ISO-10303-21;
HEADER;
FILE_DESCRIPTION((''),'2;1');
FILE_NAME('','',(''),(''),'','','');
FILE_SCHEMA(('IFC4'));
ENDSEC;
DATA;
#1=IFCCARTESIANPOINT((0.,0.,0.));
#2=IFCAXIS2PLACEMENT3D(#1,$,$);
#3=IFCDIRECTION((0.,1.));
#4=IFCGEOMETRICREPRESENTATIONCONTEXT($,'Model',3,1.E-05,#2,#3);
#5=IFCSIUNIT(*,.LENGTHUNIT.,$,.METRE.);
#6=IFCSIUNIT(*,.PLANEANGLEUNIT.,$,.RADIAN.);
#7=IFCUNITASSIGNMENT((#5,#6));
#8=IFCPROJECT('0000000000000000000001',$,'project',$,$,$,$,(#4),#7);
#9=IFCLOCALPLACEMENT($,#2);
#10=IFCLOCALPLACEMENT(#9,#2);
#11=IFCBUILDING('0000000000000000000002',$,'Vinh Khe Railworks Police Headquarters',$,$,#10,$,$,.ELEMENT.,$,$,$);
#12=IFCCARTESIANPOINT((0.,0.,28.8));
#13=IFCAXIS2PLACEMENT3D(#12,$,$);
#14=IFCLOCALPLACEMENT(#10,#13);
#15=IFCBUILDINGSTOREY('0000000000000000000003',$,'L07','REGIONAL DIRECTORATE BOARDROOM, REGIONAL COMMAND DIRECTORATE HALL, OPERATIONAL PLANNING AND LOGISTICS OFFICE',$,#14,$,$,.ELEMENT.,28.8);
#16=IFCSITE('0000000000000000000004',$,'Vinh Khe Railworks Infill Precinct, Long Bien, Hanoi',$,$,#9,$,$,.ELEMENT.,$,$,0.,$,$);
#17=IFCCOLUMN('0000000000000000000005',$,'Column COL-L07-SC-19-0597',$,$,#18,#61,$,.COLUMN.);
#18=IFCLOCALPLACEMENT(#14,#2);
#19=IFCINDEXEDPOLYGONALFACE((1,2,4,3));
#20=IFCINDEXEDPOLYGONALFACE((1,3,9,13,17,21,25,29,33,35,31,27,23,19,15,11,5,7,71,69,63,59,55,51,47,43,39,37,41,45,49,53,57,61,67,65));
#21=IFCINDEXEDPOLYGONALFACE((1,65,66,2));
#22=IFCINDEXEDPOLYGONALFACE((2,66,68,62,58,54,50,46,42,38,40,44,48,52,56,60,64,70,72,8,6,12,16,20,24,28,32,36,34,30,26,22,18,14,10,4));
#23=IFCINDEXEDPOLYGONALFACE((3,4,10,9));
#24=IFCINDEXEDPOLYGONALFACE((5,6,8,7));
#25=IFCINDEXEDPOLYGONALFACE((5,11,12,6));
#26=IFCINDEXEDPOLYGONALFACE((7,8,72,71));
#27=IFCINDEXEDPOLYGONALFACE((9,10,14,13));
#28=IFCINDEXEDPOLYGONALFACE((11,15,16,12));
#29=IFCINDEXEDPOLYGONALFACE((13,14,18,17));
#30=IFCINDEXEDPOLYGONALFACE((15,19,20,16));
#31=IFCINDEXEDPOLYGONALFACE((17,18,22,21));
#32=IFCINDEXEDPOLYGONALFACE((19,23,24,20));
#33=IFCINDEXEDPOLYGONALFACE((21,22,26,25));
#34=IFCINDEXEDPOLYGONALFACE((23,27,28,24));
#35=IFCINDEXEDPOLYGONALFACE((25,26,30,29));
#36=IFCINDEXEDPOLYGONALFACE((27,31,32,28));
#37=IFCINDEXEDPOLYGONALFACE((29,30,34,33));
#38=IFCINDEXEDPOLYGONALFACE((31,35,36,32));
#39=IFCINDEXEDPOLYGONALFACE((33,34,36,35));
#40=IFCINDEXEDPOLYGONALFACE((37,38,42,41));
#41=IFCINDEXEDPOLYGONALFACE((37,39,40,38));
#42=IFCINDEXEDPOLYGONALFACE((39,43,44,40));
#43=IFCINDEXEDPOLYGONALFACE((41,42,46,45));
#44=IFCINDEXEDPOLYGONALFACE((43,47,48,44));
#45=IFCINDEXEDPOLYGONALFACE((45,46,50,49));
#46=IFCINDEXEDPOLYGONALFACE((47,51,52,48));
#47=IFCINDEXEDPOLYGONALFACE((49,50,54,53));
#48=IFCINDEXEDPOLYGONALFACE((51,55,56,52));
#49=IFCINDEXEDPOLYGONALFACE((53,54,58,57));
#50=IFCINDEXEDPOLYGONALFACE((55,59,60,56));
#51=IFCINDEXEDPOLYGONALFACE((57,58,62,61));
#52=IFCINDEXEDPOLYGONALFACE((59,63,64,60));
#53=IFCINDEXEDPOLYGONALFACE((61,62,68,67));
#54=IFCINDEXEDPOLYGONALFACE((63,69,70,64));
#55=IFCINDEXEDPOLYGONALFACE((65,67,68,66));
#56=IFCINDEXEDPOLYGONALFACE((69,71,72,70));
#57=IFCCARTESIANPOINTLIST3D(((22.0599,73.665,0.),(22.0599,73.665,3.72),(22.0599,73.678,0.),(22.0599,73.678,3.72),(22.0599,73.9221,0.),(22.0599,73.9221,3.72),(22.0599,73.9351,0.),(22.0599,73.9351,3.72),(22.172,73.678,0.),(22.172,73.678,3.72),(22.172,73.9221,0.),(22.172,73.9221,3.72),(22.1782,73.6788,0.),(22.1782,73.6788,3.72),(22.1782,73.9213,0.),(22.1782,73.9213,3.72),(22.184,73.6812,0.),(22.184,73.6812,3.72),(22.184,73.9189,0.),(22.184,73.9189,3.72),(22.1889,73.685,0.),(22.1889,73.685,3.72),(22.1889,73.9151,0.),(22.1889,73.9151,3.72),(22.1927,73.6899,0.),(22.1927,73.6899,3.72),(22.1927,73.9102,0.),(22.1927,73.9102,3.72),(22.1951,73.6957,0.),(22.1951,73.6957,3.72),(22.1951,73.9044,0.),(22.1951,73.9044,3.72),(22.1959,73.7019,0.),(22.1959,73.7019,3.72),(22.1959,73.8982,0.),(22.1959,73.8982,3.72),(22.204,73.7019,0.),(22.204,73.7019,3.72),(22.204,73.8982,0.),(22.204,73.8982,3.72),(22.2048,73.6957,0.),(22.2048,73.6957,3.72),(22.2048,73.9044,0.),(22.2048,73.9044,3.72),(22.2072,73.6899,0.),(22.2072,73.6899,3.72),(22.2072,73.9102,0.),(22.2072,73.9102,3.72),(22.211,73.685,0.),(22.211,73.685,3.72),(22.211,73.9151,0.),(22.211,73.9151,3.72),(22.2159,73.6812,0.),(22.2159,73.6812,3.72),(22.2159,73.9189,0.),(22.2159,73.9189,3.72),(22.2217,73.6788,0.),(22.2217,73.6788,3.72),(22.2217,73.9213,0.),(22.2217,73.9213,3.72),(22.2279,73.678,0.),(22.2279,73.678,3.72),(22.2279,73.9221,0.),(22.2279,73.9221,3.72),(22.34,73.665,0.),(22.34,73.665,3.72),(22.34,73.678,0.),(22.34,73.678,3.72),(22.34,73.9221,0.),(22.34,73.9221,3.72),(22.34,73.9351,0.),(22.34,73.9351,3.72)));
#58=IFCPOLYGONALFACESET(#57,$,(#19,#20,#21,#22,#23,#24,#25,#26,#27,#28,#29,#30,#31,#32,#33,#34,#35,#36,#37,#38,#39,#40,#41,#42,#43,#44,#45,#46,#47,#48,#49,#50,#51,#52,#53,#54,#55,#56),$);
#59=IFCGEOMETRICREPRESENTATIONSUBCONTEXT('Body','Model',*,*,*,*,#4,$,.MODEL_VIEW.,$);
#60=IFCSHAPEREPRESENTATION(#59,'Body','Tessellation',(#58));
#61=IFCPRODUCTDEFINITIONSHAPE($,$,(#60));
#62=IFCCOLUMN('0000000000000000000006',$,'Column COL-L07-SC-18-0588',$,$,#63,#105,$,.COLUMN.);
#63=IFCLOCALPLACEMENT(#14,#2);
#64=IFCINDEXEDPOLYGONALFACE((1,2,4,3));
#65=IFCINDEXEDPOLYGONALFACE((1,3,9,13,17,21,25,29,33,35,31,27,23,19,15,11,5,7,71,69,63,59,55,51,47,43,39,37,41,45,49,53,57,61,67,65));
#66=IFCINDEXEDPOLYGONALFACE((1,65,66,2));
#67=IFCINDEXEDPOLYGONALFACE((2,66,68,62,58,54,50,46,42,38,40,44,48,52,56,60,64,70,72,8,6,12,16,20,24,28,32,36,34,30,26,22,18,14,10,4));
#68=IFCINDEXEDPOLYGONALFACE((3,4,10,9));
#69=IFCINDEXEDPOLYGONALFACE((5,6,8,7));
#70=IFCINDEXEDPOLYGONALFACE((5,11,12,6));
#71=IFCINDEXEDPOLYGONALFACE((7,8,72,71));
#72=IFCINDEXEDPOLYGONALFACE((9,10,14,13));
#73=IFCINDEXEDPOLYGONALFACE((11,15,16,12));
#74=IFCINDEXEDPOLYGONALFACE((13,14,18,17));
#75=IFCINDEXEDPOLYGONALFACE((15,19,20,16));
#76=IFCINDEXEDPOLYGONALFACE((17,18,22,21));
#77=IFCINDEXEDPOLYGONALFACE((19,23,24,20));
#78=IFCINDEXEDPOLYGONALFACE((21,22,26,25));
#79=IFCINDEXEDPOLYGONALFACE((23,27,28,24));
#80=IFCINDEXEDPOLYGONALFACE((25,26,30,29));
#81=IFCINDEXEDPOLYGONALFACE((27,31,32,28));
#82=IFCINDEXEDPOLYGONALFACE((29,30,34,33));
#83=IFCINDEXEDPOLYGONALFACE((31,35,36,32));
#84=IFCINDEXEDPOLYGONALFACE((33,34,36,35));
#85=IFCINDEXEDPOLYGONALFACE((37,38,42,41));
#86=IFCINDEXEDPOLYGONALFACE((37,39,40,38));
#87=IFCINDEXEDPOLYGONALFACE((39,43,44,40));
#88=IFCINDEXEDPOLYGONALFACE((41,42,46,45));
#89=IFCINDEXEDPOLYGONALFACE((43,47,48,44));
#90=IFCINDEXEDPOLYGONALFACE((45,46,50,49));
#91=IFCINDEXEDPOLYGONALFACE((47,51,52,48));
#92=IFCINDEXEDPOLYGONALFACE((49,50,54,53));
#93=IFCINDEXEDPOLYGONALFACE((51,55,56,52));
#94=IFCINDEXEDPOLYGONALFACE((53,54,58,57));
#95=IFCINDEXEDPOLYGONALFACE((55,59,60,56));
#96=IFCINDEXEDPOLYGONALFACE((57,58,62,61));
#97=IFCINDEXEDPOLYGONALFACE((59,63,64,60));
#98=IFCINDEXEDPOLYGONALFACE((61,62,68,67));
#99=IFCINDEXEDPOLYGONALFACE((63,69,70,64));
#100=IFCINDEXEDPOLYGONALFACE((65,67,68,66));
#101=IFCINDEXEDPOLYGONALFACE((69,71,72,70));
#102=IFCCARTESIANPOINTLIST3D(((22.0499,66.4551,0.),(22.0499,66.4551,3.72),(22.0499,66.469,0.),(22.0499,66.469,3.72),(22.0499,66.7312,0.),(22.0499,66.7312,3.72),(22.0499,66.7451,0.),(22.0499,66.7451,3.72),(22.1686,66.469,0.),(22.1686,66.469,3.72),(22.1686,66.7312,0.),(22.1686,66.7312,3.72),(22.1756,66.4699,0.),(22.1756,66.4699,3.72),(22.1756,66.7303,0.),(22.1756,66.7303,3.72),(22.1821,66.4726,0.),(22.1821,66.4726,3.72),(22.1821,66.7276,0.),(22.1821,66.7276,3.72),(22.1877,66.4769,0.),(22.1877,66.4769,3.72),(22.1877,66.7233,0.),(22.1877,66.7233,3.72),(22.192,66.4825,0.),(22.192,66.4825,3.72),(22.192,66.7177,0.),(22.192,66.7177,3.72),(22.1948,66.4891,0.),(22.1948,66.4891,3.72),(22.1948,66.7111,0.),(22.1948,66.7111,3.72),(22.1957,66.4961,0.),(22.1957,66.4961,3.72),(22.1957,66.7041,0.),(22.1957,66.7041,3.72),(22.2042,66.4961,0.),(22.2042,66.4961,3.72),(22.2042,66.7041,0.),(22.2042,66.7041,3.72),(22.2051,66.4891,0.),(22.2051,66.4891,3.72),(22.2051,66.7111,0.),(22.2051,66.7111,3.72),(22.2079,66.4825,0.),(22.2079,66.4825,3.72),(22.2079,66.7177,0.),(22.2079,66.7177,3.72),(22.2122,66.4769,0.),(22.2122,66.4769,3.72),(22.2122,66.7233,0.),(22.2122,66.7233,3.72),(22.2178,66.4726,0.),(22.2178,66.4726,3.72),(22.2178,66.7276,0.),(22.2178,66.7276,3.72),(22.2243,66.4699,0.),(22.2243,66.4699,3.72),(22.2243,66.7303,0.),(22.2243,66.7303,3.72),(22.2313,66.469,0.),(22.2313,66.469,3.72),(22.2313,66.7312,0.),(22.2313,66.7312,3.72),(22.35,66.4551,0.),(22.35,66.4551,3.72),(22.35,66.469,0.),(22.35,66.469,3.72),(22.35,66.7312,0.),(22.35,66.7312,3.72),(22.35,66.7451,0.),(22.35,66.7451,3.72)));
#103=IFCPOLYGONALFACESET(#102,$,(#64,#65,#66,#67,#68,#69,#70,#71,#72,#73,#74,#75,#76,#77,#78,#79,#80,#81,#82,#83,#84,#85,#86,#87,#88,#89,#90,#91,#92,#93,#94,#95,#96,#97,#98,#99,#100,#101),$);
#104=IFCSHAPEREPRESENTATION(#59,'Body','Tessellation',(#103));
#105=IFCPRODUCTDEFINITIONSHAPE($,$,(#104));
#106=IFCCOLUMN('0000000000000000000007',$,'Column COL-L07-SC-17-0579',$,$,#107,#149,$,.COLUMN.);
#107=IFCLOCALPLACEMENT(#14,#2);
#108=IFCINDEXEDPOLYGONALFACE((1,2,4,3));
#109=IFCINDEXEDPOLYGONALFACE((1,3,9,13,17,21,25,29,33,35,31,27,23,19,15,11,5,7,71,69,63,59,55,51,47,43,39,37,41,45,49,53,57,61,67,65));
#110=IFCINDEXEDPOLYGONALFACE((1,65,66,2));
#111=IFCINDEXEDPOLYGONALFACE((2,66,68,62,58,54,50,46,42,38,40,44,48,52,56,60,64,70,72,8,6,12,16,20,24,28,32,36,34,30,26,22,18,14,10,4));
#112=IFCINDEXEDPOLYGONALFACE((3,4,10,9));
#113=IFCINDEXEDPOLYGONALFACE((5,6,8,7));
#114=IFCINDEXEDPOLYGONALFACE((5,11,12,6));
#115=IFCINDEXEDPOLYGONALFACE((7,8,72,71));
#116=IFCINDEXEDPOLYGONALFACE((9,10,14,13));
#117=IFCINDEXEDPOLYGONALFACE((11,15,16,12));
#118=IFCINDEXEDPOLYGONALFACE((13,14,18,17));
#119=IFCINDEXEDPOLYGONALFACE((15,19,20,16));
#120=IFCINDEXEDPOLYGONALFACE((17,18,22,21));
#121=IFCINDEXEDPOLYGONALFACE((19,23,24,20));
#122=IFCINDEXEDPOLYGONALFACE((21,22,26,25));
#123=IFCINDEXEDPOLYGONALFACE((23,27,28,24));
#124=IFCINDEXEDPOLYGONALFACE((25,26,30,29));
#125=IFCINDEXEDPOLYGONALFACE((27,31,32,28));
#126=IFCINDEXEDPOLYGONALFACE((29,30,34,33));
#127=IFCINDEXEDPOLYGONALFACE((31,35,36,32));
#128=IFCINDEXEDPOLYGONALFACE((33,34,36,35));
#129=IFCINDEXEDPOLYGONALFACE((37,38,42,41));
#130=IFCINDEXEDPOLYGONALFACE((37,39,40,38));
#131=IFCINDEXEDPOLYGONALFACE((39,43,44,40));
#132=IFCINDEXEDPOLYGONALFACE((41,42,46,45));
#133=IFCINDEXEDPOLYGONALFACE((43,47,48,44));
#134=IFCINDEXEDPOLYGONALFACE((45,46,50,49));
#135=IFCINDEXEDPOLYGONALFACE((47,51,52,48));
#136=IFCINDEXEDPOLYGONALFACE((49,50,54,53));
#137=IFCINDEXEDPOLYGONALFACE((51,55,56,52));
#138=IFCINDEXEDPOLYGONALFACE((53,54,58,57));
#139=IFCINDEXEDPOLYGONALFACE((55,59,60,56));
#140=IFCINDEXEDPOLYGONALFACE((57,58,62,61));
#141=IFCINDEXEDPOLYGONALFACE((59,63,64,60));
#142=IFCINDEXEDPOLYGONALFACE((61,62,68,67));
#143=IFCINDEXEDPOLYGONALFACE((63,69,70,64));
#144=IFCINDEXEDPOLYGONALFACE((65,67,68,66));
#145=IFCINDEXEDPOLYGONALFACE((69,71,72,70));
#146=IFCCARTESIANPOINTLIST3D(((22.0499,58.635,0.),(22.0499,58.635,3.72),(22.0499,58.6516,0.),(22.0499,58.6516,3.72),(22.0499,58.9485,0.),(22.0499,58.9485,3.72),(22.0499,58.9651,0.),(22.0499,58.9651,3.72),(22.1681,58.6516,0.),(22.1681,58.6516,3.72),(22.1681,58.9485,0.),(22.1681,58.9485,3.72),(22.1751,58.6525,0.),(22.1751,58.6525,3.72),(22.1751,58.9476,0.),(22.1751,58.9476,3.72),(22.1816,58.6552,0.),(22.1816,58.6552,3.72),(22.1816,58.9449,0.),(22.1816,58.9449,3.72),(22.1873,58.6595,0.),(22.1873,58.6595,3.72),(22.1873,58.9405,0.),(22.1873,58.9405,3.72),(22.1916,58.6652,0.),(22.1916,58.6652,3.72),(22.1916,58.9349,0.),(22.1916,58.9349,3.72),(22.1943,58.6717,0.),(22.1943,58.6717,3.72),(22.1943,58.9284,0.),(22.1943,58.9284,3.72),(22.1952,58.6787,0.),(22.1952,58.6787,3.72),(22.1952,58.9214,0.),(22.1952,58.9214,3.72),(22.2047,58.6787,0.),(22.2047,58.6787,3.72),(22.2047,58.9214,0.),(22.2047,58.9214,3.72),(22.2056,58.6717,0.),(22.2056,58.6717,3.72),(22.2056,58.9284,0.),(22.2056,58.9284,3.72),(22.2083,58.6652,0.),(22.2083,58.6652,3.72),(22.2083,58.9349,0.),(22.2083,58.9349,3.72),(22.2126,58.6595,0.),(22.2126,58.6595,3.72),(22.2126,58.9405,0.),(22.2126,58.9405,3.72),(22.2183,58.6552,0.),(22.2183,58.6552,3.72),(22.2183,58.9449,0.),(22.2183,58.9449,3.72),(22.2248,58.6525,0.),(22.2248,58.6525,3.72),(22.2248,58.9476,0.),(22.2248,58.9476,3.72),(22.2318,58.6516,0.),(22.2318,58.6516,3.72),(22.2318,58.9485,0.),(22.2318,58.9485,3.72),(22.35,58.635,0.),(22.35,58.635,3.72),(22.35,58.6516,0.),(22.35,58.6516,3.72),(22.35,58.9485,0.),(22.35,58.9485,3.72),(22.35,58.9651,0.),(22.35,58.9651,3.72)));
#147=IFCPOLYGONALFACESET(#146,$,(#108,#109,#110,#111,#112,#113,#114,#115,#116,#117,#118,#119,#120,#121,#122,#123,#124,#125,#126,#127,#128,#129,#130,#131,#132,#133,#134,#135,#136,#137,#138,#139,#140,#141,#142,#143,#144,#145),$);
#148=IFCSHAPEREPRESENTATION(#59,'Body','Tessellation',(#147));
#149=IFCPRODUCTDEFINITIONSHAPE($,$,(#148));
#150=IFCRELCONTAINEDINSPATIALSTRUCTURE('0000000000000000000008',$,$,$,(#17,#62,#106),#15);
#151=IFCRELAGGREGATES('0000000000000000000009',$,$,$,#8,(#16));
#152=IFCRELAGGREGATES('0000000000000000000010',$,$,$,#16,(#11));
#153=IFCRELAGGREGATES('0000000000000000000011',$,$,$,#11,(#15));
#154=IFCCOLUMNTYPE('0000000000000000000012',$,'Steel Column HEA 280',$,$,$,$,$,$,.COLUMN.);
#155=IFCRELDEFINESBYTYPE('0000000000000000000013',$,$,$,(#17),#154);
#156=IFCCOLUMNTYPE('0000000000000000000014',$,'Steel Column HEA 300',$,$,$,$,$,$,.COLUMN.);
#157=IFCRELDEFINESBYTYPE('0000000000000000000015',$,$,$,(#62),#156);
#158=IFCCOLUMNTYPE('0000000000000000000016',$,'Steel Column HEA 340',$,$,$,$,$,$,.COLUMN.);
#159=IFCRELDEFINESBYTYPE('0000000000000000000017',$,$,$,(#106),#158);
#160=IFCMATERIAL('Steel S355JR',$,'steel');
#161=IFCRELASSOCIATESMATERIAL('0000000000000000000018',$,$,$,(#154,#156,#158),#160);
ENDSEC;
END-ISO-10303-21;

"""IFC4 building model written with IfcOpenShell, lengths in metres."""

from ifc_helpers import new_model, si_unit, direction, frame, origin, origin_2d, place, context, subcontext, project, spatial, i_section, extrude, material, material_profile, profile_set, type_object, element, save


model = new_model("IFC4")

# Units and contexts
model_context = context("Model", 3, precision=1e-05, world=origin(), true_north=direction((0.0, 1.0)))
body_context = subcontext(model_context, "Body", "Model", "MODEL_VIEW")
ifc_project = project(units=[si_unit("LENGTHUNIT", "METRE"), si_unit("PLANEANGLEUNIT", "RADIAN")], contexts=[model_context])

# Site, building, storey
site_placement = place(None, origin())
site = spatial("IfcSite", under=ifc_project, at=site_placement, Name="Vinh Khe Railworks Infill Precinct, Long Bien, Hanoi", CompositionType="ELEMENT", RefElevation=0.0)
building_placement = place(site_placement, origin())
building = spatial("IfcBuilding", under=site, at=building_placement, Name="Vinh Khe Railworks Police Headquarters", CompositionType="ELEMENT")
storey_placement = place(building_placement, frame((0.0, 0.0, 28.8)))
storey = spatial("IfcBuildingStorey", under=building, at=storey_placement, Name="L07", Description="REGIONAL DIRECTORATE BOARDROOM, REGIONAL COMMAND DIRECTORATE HALL, OPERATIONAL PLANNING AND LOGISTICS OFFICE", CompositionType="ELEMENT", Elevation=28.8)

# Columns
ifc_material_1 = material(Name="Steel S355JR", Category="steel")
ifc_material_profile_1 = material_profile(ifc_material_1, i_section(OverallWidth=0.28, OverallDepth=0.27, WebThickness=0.0081, FlangeThickness=0.0129, FilletRadius=0.0239, at=origin_2d()), Name="HEA 280")
ifc_profile_set_1 = profile_set([ifc_material_profile_1], Name="Steel S355JR")
column_type_1 = type_object("IfcColumnType", Name="Steel Column HEA 280", PredefinedType="COLUMN", material=ifc_profile_set_1)
column_1_placement = place(storey_placement, frame((22.2, 73.8, 0.0), z_axis=(0.0, 0.0, 1.0), x_axis=(1.0, 0.0, 0.0)))
element("IfcColumn", 1, at=column_1_placement, inside=storey, type_object=column_type_1, Name="Column COL-L07-SC-19-0597", PredefinedType="COLUMN", context=body_context, shape_type="SweptSolid", body=[
    extrude(i_section(OverallWidth=0.28, OverallDepth=0.27, WebThickness=0.0081, FlangeThickness=0.0129, FilletRadius=0.0239, at=origin_2d()), origin(), (0.0, 0.0, 1.0), 3.72),
])
ifc_material_profile_2 = material_profile(ifc_material_1, i_section(OverallWidth=0.3, OverallDepth=0.29, WebThickness=0.0085, FlangeThickness=0.0139, FilletRadius=0.0271, at=origin_2d()), Name="HEA 300")
ifc_profile_set_2 = profile_set([ifc_material_profile_2], Name="Steel S355JR")
column_type_2 = type_object("IfcColumnType", Name="Steel Column HEA 300", PredefinedType="COLUMN", material=ifc_profile_set_2)
column_2_placement = place(storey_placement, frame((22.2, 66.6001, 0.0), z_axis=(0.0, 0.0, 1.0), x_axis=(1.0, 0.0, 0.0)))
element("IfcColumn", 2, at=column_2_placement, inside=storey, type_object=column_type_2, Name="Column COL-L07-SC-18-0588", PredefinedType="COLUMN", context=body_context, shape_type="SweptSolid", body=[
    extrude(i_section(OverallWidth=0.3, OverallDepth=0.29, WebThickness=0.0085, FlangeThickness=0.0139, FilletRadius=0.0271, at=origin_2d()), origin(), (0.0, 0.0, 1.0), 3.72),
])
ifc_material_profile_3 = material_profile(ifc_material_1, i_section(OverallWidth=0.3, OverallDepth=0.3301, WebThickness=0.0095, FlangeThickness=0.0166, FilletRadius=0.0271, at=origin_2d()), Name="HEA 340")
ifc_profile_set_3 = profile_set([ifc_material_profile_3], Name="Steel S355JR")
column_type_3 = type_object("IfcColumnType", Name="Steel Column HEA 340", PredefinedType="COLUMN", material=ifc_profile_set_3)
column_3_placement = place(storey_placement, frame((22.2, 58.8, 0.0), z_axis=(0.0, 0.0, 1.0), x_axis=(1.0, 0.0, 0.0)))
element("IfcColumn", 3, at=column_3_placement, inside=storey, type_object=column_type_3, Name="Column COL-L07-SC-17-0579", PredefinedType="COLUMN", context=body_context, shape_type="SweptSolid", body=[
    extrude(i_section(OverallWidth=0.3, OverallDepth=0.3301, WebThickness=0.0095, FlangeThickness=0.0166, FilletRadius=0.0271, at=origin_2d()), origin(), (0.0, 0.0, 1.0), 3.72),
])

save(model, "model.ifc")
